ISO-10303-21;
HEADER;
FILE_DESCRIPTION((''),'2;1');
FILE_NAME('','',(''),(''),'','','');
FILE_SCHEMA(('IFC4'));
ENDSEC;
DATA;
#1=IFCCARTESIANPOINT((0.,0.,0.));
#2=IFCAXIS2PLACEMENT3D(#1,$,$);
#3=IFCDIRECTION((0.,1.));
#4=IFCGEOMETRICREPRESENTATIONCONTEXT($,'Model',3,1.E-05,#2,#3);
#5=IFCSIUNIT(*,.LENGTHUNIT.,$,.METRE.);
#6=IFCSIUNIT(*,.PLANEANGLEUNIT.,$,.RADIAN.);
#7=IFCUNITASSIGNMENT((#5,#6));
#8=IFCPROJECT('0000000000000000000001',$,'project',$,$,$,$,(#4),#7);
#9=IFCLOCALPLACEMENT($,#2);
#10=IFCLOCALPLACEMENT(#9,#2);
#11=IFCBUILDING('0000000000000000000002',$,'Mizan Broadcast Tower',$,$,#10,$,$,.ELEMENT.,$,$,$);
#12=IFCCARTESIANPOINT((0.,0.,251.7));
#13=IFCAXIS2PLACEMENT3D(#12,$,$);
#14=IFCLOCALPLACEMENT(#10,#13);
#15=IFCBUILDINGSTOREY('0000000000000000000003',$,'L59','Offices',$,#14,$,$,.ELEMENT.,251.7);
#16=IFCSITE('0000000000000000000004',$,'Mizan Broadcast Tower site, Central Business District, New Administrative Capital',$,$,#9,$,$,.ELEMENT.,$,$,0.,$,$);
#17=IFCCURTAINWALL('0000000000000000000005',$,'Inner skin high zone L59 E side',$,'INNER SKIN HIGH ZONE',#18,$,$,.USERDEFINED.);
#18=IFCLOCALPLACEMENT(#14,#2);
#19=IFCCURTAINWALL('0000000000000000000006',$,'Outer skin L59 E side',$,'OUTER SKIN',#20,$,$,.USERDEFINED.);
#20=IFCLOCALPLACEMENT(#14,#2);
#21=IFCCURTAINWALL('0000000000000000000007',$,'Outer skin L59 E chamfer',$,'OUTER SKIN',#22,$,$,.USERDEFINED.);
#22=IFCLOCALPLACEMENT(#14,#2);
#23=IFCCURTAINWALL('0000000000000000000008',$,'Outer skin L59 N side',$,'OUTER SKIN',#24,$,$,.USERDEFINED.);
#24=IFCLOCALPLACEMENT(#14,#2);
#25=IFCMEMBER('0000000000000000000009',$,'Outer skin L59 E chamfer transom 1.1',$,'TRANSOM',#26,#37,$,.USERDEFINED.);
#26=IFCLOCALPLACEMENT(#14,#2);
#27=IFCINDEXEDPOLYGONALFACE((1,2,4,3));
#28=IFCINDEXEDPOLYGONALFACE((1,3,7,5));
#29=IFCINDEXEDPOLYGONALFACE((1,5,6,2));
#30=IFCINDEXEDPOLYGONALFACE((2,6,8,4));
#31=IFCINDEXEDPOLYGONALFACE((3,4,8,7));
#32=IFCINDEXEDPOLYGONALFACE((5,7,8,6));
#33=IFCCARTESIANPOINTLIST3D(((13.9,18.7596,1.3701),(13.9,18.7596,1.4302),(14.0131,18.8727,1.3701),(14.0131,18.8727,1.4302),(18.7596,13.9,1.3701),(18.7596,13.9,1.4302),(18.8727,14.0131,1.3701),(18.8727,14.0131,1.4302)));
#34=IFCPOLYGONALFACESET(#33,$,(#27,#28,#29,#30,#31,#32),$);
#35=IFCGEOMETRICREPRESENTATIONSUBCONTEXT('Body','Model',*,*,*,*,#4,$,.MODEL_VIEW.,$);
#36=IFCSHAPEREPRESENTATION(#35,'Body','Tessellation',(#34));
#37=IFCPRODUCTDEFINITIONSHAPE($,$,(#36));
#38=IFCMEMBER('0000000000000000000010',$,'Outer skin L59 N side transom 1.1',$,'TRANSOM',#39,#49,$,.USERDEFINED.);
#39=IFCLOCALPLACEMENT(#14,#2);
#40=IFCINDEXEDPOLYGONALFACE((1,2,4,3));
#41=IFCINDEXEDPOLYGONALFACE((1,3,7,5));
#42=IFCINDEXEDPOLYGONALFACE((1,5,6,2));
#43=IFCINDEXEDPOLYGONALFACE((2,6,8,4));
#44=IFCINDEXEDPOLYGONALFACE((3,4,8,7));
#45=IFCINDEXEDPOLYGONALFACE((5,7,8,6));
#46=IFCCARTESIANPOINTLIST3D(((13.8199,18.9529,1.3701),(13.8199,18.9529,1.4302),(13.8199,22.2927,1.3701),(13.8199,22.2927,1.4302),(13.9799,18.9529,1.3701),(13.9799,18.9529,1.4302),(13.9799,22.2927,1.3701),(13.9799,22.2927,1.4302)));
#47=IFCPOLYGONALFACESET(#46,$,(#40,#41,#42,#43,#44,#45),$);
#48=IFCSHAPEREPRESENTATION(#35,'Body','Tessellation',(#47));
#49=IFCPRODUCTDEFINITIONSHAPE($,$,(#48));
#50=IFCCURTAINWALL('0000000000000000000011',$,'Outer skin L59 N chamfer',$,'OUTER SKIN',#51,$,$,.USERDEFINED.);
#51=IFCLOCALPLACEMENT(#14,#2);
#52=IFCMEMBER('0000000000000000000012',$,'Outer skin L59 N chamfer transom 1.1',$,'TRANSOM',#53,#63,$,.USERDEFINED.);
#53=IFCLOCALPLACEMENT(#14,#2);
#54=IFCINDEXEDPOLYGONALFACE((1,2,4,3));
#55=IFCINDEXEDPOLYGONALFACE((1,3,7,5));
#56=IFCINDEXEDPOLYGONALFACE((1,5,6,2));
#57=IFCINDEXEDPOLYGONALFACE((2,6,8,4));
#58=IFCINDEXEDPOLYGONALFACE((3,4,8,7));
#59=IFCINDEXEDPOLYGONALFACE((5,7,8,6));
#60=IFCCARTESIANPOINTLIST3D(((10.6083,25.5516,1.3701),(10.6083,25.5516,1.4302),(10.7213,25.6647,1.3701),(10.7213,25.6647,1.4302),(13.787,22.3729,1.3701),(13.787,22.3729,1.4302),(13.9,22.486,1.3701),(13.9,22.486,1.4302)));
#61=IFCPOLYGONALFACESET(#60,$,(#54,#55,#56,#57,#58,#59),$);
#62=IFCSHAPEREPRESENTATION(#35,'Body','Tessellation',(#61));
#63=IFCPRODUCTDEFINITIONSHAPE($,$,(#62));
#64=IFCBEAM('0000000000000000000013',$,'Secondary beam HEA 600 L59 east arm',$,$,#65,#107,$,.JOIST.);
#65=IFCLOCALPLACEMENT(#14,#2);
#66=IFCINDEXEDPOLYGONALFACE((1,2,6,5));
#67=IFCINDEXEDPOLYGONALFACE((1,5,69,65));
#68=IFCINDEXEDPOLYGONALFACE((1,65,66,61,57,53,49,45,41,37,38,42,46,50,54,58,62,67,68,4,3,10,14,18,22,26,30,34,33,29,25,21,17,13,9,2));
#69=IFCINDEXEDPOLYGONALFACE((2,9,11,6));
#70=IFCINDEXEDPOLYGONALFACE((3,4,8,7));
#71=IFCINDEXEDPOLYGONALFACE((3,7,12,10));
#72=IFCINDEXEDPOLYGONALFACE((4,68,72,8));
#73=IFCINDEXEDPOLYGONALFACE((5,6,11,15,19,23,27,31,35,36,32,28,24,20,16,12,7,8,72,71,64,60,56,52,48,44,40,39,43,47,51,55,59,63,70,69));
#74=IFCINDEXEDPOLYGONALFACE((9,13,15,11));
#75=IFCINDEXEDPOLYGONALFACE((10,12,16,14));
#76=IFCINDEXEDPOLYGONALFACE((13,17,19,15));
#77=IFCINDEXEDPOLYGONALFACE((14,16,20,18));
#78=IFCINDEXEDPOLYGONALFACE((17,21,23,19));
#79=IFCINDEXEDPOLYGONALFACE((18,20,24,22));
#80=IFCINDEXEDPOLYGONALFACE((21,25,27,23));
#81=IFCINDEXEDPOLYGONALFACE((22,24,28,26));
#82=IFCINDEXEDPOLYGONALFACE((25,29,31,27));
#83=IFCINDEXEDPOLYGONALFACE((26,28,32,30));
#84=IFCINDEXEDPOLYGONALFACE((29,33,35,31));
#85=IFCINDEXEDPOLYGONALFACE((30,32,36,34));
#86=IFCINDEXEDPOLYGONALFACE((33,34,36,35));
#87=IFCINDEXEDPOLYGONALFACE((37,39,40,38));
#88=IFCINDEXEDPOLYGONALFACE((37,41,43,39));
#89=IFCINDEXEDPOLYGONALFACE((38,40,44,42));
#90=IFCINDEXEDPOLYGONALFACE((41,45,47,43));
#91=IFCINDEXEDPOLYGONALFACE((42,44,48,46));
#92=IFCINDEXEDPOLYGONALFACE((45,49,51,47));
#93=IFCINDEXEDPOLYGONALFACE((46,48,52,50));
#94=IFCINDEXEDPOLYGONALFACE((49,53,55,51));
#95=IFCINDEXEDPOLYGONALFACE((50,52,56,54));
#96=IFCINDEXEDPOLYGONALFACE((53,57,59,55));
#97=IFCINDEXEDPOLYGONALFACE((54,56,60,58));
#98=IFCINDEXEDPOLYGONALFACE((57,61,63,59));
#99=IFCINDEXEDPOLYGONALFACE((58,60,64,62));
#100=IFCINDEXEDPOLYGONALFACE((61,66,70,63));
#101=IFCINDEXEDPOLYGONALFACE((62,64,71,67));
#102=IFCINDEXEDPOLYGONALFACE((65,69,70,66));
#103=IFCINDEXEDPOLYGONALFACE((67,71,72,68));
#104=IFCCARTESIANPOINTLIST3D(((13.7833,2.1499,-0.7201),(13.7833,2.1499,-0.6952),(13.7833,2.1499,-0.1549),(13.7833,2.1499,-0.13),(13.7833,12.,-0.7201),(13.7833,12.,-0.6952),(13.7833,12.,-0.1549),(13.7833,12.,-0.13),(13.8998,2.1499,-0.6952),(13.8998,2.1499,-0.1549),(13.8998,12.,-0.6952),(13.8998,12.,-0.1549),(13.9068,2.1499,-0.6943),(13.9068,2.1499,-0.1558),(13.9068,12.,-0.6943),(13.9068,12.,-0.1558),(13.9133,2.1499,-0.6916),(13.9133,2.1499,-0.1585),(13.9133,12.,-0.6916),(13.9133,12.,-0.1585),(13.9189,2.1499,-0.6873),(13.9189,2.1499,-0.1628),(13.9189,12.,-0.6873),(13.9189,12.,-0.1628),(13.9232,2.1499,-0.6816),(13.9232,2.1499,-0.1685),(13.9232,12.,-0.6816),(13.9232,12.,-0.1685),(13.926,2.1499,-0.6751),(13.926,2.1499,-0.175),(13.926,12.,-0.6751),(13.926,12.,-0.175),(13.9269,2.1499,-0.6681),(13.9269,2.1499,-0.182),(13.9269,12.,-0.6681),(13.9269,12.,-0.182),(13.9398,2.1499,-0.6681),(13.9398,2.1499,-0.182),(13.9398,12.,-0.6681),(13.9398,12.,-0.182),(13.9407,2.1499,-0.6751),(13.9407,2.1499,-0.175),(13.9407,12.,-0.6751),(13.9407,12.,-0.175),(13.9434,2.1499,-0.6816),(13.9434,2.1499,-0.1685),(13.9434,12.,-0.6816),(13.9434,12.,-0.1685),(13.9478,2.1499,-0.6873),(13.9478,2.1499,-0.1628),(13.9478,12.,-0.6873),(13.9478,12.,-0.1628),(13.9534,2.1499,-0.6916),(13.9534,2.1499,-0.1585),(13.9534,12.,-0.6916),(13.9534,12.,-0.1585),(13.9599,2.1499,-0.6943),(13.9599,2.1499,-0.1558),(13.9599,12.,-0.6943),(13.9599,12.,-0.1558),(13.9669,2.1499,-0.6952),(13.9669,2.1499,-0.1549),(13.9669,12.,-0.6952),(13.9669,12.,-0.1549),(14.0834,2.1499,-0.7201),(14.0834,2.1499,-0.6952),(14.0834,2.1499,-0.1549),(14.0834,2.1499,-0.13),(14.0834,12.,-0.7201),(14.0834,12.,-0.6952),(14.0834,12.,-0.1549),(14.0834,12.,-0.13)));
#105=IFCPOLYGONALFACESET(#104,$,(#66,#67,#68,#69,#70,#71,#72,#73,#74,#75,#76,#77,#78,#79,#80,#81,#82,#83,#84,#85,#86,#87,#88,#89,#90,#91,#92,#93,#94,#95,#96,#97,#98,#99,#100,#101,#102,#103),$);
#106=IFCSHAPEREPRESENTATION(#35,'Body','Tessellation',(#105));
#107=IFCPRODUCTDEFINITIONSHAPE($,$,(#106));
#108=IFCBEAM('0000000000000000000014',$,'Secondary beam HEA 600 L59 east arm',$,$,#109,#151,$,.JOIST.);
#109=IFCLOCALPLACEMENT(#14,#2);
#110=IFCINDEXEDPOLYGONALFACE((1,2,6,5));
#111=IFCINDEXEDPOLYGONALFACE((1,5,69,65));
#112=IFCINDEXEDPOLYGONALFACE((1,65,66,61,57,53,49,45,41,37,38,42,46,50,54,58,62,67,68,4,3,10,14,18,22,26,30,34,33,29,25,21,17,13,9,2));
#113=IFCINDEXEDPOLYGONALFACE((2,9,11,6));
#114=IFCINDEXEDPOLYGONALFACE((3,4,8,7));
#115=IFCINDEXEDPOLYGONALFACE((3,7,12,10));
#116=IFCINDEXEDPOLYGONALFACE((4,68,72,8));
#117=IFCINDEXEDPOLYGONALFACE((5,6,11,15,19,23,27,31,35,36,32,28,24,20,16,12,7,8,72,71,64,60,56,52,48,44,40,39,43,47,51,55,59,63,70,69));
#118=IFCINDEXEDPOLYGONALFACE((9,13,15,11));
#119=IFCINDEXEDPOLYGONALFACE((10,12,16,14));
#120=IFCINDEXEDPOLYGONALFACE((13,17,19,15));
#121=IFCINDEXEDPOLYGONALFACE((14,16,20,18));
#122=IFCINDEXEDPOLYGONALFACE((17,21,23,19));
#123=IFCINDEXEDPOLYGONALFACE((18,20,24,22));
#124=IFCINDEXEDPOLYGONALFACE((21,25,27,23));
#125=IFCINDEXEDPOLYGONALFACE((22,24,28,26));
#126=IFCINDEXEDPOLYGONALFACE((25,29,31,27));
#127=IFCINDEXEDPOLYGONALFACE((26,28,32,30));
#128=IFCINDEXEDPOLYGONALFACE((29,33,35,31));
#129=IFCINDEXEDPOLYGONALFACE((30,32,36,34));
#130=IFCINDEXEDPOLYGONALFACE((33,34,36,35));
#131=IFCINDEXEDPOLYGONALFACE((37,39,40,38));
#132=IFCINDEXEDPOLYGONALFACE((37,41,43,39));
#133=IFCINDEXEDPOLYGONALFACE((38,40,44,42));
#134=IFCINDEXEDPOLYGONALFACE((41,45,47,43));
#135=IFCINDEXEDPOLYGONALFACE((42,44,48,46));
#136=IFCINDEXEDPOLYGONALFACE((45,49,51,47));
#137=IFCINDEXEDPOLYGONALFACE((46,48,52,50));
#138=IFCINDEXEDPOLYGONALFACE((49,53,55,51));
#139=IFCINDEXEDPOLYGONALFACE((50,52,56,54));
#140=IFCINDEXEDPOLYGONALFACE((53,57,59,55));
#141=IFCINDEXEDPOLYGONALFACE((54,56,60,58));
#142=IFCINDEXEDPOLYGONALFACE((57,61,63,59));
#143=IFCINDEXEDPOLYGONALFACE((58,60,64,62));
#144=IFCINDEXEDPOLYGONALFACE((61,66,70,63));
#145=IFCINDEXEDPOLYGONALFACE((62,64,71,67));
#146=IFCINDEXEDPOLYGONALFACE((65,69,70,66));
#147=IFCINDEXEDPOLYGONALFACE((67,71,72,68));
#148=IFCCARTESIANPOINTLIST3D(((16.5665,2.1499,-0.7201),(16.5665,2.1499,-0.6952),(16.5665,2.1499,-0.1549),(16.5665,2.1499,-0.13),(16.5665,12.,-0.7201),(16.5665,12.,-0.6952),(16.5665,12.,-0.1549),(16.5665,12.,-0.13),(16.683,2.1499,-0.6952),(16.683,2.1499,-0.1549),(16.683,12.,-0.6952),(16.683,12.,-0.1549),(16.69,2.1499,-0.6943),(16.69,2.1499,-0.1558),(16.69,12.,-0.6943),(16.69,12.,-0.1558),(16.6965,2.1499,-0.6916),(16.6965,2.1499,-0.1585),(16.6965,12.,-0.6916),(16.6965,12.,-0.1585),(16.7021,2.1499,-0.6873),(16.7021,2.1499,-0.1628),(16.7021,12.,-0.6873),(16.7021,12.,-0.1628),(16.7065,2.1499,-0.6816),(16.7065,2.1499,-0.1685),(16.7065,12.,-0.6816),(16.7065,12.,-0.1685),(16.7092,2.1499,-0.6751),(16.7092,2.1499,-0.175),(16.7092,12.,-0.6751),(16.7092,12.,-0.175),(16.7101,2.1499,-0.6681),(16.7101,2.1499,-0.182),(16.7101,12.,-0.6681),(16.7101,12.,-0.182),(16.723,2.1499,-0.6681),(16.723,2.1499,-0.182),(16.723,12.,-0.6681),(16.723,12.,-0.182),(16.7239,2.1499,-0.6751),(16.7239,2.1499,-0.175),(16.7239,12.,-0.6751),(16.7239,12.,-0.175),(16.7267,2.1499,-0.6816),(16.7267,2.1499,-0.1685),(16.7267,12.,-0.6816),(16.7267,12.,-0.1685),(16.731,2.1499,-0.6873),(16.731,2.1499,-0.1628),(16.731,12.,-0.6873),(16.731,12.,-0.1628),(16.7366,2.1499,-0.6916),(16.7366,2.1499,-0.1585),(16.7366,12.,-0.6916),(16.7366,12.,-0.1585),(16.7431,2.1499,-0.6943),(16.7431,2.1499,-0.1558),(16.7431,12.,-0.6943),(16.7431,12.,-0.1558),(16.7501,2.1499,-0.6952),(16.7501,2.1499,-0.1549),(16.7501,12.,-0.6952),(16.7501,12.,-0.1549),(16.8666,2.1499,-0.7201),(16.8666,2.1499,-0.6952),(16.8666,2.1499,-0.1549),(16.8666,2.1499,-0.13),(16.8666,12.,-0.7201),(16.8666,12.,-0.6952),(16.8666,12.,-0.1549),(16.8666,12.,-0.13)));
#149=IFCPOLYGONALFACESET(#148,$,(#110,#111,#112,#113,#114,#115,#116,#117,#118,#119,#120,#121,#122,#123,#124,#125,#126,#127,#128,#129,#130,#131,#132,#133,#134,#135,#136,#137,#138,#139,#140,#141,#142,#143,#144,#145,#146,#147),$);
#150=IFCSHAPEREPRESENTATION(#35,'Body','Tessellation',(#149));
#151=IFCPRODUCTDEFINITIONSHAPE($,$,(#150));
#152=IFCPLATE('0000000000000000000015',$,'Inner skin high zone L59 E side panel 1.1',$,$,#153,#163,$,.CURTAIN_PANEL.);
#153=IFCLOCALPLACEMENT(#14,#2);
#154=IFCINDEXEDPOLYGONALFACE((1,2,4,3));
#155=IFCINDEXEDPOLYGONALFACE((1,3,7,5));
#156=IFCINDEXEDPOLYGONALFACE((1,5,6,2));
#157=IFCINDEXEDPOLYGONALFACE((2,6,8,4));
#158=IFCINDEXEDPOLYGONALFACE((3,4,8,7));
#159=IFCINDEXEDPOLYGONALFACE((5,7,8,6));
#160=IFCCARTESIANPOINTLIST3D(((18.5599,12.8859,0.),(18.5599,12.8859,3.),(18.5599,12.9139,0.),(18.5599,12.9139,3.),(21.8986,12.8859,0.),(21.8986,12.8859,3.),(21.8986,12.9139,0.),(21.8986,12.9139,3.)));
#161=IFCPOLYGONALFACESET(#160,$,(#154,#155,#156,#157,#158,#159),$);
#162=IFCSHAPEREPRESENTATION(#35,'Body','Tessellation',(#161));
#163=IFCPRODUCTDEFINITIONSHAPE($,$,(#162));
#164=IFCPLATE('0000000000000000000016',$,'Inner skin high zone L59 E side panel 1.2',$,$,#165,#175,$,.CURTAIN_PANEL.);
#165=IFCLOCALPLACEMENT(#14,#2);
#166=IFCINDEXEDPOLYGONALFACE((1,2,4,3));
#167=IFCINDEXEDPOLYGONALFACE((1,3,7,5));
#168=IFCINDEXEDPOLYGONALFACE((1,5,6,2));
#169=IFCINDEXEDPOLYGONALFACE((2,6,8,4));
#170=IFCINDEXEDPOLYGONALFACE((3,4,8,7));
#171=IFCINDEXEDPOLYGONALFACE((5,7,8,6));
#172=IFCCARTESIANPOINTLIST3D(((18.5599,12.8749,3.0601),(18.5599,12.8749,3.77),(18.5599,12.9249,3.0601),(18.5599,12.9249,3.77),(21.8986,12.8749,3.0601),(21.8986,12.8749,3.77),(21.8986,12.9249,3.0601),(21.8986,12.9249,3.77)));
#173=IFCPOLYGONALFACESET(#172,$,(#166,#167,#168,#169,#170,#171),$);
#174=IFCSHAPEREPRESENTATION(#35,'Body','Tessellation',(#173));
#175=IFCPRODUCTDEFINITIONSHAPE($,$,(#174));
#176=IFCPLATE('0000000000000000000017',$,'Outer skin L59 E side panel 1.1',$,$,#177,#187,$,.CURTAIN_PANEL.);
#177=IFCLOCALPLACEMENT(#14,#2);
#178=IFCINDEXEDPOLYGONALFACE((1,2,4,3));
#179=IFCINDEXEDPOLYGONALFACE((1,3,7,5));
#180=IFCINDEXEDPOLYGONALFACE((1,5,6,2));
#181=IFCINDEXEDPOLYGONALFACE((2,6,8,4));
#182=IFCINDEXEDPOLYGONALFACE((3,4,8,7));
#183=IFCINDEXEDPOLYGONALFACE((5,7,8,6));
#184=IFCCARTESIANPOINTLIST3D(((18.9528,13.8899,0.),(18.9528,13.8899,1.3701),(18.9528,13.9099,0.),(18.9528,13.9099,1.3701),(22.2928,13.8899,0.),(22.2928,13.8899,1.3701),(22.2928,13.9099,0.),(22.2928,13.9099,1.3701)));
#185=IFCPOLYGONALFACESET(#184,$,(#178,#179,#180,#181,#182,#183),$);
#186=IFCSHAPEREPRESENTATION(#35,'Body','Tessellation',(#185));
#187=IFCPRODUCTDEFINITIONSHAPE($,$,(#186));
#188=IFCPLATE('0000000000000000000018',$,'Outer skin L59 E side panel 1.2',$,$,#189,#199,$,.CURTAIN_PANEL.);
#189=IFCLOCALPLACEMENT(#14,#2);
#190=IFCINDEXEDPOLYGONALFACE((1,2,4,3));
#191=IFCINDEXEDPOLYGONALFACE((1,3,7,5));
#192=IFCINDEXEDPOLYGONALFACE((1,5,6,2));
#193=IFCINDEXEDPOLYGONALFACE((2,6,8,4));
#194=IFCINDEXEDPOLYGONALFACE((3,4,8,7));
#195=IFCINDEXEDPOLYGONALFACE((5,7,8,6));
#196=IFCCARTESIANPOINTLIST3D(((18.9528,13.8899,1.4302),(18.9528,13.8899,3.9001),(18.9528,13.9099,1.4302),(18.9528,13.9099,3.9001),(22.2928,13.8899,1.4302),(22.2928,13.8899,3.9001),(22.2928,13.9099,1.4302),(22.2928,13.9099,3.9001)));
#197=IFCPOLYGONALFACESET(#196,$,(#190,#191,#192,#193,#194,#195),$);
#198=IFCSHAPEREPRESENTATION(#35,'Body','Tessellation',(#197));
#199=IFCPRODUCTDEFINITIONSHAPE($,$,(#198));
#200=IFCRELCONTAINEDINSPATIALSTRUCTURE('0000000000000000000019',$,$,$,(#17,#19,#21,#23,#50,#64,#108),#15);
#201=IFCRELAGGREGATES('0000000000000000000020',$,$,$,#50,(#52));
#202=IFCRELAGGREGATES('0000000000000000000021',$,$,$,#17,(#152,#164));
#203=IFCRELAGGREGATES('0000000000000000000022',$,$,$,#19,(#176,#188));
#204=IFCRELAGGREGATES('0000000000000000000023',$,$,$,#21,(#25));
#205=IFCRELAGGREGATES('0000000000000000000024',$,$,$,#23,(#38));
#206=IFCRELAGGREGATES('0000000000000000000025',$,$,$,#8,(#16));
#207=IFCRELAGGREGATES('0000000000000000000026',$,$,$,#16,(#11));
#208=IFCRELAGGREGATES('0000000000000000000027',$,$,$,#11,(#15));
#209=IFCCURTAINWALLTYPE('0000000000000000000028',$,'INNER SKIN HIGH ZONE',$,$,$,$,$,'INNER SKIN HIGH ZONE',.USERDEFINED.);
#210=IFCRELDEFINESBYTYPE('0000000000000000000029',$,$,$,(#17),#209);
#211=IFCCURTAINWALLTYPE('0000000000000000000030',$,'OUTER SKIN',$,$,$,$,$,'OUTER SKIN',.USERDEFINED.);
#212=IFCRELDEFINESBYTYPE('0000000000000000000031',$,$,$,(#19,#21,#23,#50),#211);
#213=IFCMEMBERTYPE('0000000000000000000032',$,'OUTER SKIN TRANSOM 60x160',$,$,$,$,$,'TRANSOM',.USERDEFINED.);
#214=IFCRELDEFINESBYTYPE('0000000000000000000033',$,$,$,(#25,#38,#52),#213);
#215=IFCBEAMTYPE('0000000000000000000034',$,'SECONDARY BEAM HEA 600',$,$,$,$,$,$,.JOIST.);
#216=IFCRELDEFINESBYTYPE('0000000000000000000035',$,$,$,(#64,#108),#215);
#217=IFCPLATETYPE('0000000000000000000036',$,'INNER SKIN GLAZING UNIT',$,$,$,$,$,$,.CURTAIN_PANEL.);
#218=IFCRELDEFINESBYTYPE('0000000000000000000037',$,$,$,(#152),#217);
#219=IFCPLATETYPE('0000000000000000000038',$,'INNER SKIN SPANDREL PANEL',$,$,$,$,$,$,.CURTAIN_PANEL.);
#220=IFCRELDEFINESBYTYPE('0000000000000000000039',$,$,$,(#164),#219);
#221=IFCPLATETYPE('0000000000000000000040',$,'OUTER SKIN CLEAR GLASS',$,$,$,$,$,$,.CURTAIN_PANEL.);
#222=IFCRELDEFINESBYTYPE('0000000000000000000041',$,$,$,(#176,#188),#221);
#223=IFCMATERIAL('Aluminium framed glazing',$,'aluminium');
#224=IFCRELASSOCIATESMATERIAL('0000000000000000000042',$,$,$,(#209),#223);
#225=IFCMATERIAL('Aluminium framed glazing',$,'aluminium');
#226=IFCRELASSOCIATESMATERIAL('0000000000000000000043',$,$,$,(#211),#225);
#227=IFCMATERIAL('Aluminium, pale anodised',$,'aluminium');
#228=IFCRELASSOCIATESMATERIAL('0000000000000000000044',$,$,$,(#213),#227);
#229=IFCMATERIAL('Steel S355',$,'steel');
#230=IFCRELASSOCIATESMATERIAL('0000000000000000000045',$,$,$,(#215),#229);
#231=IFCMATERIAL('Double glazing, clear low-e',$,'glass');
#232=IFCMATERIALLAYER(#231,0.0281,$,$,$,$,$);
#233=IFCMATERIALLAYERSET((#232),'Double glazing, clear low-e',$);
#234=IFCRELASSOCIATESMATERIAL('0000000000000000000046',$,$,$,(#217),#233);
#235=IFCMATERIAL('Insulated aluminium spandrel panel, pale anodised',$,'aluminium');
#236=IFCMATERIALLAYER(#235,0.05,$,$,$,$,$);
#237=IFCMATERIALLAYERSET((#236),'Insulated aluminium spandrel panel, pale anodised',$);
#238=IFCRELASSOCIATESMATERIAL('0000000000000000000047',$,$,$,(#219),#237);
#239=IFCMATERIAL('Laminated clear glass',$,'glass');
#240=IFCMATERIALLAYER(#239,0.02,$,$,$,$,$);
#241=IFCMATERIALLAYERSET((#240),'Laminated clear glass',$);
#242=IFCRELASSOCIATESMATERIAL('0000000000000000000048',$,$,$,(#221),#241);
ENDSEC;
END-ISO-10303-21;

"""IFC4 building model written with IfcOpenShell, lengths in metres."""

from ifc_helpers import new_model, si_unit, direction, frame, origin, origin_2d, place, context, subcontext, project, spatial, rectangle, i_section, extrude, material, layer, layer_set, material_profile, profile_set, type_object, element, aggregate, save


model = new_model("IFC4")

# Units and contexts
model_context = context("Model", 3, precision=1e-05, world=origin(), true_north=direction((0.0, 1.0)))
body_context = subcontext(model_context, "Body", "Model", "MODEL_VIEW")
ifc_project = project(units=[si_unit("LENGTHUNIT", "METRE"), si_unit("PLANEANGLEUNIT", "RADIAN")], contexts=[model_context])

# Site, building, storey
site_placement = place(None, origin())
site = spatial("IfcSite", under=ifc_project, at=site_placement, Name="Mizan Broadcast Tower site, Central Business District, New Administrative Capital", CompositionType="ELEMENT", RefElevation=0.0)
building_placement = place(site_placement, origin())
building = spatial("IfcBuilding", under=site, at=building_placement, Name="Mizan Broadcast Tower", CompositionType="ELEMENT")
storey_placement = place(building_placement, frame((0.0, 0.0, 251.7)))
storey = spatial("IfcBuildingStorey", under=building, at=storey_placement, Name="L59", Description="Offices", CompositionType="ELEMENT", Elevation=251.7)

# Curtain wall
ifc_material_1 = material(Name="Aluminium framed glazing", Category="aluminium")
curtain_wall_type_1 = type_object("IfcCurtainWallType", Name="INNER SKIN HIGH ZONE", ElementType="INNER SKIN HIGH ZONE", PredefinedType="USERDEFINED", material=ifc_material_1)
curtain_wall_1_placement = place(storey_placement, origin())
curtain_wall_1 = element("IfcCurtainWall", 1, at=curtain_wall_1_placement, inside=storey, type_object=curtain_wall_type_1, Name="Inner skin high zone L59 E side", ObjectType="INNER SKIN HIGH ZONE", PredefinedType="USERDEFINED")

# Curtain walls
ifc_material_2 = material(Name="Aluminium framed glazing", Category="aluminium")
curtain_wall_type_2 = type_object("IfcCurtainWallType", Name="OUTER SKIN", ElementType="OUTER SKIN", PredefinedType="USERDEFINED", material=ifc_material_2)
curtain_wall_2_placement = place(storey_placement, origin())
curtain_wall_2 = element("IfcCurtainWall", 2, at=curtain_wall_2_placement, inside=storey, type_object=curtain_wall_type_2, Name="Outer skin L59 E side", ObjectType="OUTER SKIN", PredefinedType="USERDEFINED")
curtain_wall_3_placement = place(storey_placement, origin())
curtain_wall_3 = element("IfcCurtainWall", 3, at=curtain_wall_3_placement, inside=storey, type_object=curtain_wall_type_2, Name="Outer skin L59 E chamfer", ObjectType="OUTER SKIN", PredefinedType="USERDEFINED")
curtain_wall_4_placement = place(storey_placement, origin())
curtain_wall_4 = element("IfcCurtainWall", 4, at=curtain_wall_4_placement, inside=storey, type_object=curtain_wall_type_2, Name="Outer skin L59 N side", ObjectType="OUTER SKIN", PredefinedType="USERDEFINED")

# Members
ifc_material_3 = material(Name="Aluminium, pale anodised", Category="aluminium")
ifc_material_profile_1 = material_profile(ifc_material_3, rectangle(XDim=0.1599, YDim=0.0601, at=origin_2d()), Name="TRANSOM 160x60")
ifc_profile_set_1 = profile_set([ifc_material_profile_1], Name="Aluminium, pale anodised")
member_type_1 = type_object("IfcMemberType", Name="OUTER SKIN TRANSOM 60x160", ElementType="TRANSOM", PredefinedType="USERDEFINED", material=ifc_profile_set_1)
member_1_placement = place(storey_placement, frame((18.8162, 13.9565, 1.4001), z_axis=(-0.707107, 0.707107, 0.0), x_axis=(-0.707107, -0.707107, 0.0)))
member_1 = element("IfcMember", 5, at=member_1_placement, type_object=member_type_1, Name="Outer skin L59 E chamfer transom 1.1", ObjectType="TRANSOM", PredefinedType="USERDEFINED", context=body_context, shape_type="SweptSolid", body=[
    extrude(rectangle(XDim=0.1599, YDim=0.0601, at=origin_2d()), origin(), (0.0, 0.0, 1.0), 6.8726),
])
member_2_placement = place(storey_placement, frame((13.8999, 18.9529, 1.4001), z_axis=(0.0, 1.0, 0.0), x_axis=(-1.0, 0.0, 0.0)))
member_2 = element("IfcMember", 6, at=member_2_placement, type_object=member_type_1, Name="Outer skin L59 N side transom 1.1", ObjectType="TRANSOM", PredefinedType="USERDEFINED", context=body_context, shape_type="SweptSolid", body=[
    extrude(rectangle(XDim=0.1599, YDim=0.0601, at=origin_2d()), origin(), (0.0, 0.0, 1.0), 3.3398),
])

# Curtain wall, member
curtain_wall_5_placement = place(storey_placement, origin())
curtain_wall_5 = element("IfcCurtainWall", 7, at=curtain_wall_5_placement, inside=storey, type_object=curtain_wall_type_2, Name="Outer skin L59 N chamfer", ObjectType="OUTER SKIN", PredefinedType="USERDEFINED")
member_3_placement = place(storey_placement, frame((13.8435, 22.4294, 1.4001), z_axis=(-0.707107, 0.707107, 0.0), x_axis=(-0.707107, -0.707107, 0.0)))
member_3 = element("IfcMember", 8, at=member_3_placement, type_object=member_type_1, Name="Outer skin L59 N chamfer transom 1.1", ObjectType="TRANSOM", PredefinedType="USERDEFINED", context=body_context, shape_type="SweptSolid", body=[
    extrude(rectangle(XDim=0.1599, YDim=0.0601, at=origin_2d()), origin(), (0.0, 0.0, 1.0), 4.4954),
])
aggregate(curtain_wall_5, [member_3])

# Beams
ifc_material_4 = material(Name="Steel S355", Category="steel")
ifc_material_profile_2 = material_profile(ifc_material_4, i_section(OverallWidth=0.3, OverallDepth=0.5901, WebThickness=0.0129, FlangeThickness=0.0249, FilletRadius=0.0271, at=origin_2d()), Name="HEA 600")
ifc_profile_set_2 = profile_set([ifc_material_profile_2], Name="Steel S355")
beam_type_1 = type_object("IfcBeamType", Name="SECONDARY BEAM HEA 600", PredefinedType="JOIST", material=ifc_profile_set_2)
for number, where, z_axis, x_axis, name in (
    (9, (13.9333, 12.0, -0.425), (0.0, -1.0, 0.0), (1.0, 0.0, 0.0), "Secondary beam HEA 600 L59 east arm"),
    (10, (16.7166, 12.0, -0.425), (0.0, -1.0, 0.0), (1.0, 0.0, 0.0), "Secondary beam HEA 600 L59 east arm"),
):
    element("IfcBeam", number, at=place(storey_placement, frame(where, z_axis=z_axis, x_axis=x_axis)), inside=storey, type_object=beam_type_1, Name=name, PredefinedType="JOIST", context=body_context, shape_type="SweptSolid", body=[
        extrude(i_section(OverallWidth=0.3, OverallDepth=0.5901, WebThickness=0.0129, FlangeThickness=0.0249, FilletRadius=0.0271, at=origin_2d()), origin(), (0.0, 0.0, 1.0), 9.8501),
    ])

# Plates
ifc_material_5 = material(Name="Double glazing, clear low-e", Category="glass")
ifc_layer_1 = layer(ifc_material_5, 0.0281)
ifc_layer_set_1 = layer_set([ifc_layer_1], Name="Double glazing, clear low-e")
plate_type_1 = type_object("IfcPlateType", Name="INNER SKIN GLAZING UNIT", PredefinedType="CURTAIN_PANEL", material=ifc_layer_set_1)
plate_1_placement = place(storey_placement, frame((20.2292, 12.8999, 0.0), z_axis=(0.0, 0.0, 1.0), x_axis=(-1.0, 0.0, 0.0)))
plate_1 = element("IfcPlate", 11, at=plate_1_placement, type_object=plate_type_1, Name="Inner skin high zone L59 E side panel 1.1", PredefinedType="CURTAIN_PANEL", context=body_context, shape_type="SweptSolid", body=[
    extrude(rectangle(XDim=3.3386, YDim=0.0281, at=origin_2d()), origin(), (0.0, 0.0, 1.0), 3.0),
])
ifc_material_6 = material(Name="Insulated aluminium spandrel panel, pale anodised", Category="aluminium")
ifc_layer_2 = layer(ifc_material_6, 0.05)
ifc_layer_set_2 = layer_set([ifc_layer_2], Name="Insulated aluminium spandrel panel, pale anodised")
plate_type_2 = type_object("IfcPlateType", Name="INNER SKIN SPANDREL PANEL", PredefinedType="CURTAIN_PANEL", material=ifc_layer_set_2)
plate_2_placement = place(storey_placement, frame((20.2292, 12.8999, 3.0601), z_axis=(0.0, 0.0, 1.0), x_axis=(-1.0, 0.0, 0.0)))
plate_2 = element("IfcPlate", 12, at=plate_2_placement, type_object=plate_type_2, Name="Inner skin high zone L59 E side panel 1.2", PredefinedType="CURTAIN_PANEL", context=body_context, shape_type="SweptSolid", body=[
    extrude(rectangle(XDim=3.3386, YDim=0.05, at=origin_2d()), origin(), (0.0, 0.0, 1.0), 0.71),
])
aggregate(curtain_wall_1, [plate_1, plate_2])
ifc_material_7 = material(Name="Laminated clear glass", Category="glass")
ifc_layer_3 = layer(ifc_material_7, 0.02)
ifc_layer_set_3 = layer_set([ifc_layer_3], Name="Laminated clear glass")
plate_type_3 = type_object("IfcPlateType", Name="OUTER SKIN CLEAR GLASS", PredefinedType="CURTAIN_PANEL", material=ifc_layer_set_3)
plate_3_placement = place(storey_placement, frame((20.6228, 13.8999, 0.0), z_axis=(0.0, 0.0, 1.0), x_axis=(-1.0, 0.0, 0.0)))
plate_3 = element("IfcPlate", 13, at=plate_3_placement, type_object=plate_type_3, Name="Outer skin L59 E side panel 1.1", PredefinedType="CURTAIN_PANEL", context=body_context, shape_type="SweptSolid", body=[
    extrude(rectangle(XDim=3.3401, YDim=0.02, at=origin_2d()), origin(), (0.0, 0.0, 1.0), 1.3701),
])
plate_4_placement = place(storey_placement, frame((20.6228, 13.8999, 1.4302), z_axis=(0.0, 0.0, 1.0), x_axis=(-1.0, 0.0, 0.0)))
plate_4 = element("IfcPlate", 14, at=plate_4_placement, type_object=plate_type_3, Name="Outer skin L59 E side panel 1.2", PredefinedType="CURTAIN_PANEL", context=body_context, shape_type="SweptSolid", body=[
    extrude(rectangle(XDim=3.3401, YDim=0.02, at=origin_2d()), origin(), (0.0, 0.0, 1.0), 2.47),
])
aggregate(curtain_wall_2, [plate_3, plate_4])
aggregate(curtain_wall_3, [member_1])
aggregate(curtain_wall_4, [member_2])

save(model, "model.ifc")
